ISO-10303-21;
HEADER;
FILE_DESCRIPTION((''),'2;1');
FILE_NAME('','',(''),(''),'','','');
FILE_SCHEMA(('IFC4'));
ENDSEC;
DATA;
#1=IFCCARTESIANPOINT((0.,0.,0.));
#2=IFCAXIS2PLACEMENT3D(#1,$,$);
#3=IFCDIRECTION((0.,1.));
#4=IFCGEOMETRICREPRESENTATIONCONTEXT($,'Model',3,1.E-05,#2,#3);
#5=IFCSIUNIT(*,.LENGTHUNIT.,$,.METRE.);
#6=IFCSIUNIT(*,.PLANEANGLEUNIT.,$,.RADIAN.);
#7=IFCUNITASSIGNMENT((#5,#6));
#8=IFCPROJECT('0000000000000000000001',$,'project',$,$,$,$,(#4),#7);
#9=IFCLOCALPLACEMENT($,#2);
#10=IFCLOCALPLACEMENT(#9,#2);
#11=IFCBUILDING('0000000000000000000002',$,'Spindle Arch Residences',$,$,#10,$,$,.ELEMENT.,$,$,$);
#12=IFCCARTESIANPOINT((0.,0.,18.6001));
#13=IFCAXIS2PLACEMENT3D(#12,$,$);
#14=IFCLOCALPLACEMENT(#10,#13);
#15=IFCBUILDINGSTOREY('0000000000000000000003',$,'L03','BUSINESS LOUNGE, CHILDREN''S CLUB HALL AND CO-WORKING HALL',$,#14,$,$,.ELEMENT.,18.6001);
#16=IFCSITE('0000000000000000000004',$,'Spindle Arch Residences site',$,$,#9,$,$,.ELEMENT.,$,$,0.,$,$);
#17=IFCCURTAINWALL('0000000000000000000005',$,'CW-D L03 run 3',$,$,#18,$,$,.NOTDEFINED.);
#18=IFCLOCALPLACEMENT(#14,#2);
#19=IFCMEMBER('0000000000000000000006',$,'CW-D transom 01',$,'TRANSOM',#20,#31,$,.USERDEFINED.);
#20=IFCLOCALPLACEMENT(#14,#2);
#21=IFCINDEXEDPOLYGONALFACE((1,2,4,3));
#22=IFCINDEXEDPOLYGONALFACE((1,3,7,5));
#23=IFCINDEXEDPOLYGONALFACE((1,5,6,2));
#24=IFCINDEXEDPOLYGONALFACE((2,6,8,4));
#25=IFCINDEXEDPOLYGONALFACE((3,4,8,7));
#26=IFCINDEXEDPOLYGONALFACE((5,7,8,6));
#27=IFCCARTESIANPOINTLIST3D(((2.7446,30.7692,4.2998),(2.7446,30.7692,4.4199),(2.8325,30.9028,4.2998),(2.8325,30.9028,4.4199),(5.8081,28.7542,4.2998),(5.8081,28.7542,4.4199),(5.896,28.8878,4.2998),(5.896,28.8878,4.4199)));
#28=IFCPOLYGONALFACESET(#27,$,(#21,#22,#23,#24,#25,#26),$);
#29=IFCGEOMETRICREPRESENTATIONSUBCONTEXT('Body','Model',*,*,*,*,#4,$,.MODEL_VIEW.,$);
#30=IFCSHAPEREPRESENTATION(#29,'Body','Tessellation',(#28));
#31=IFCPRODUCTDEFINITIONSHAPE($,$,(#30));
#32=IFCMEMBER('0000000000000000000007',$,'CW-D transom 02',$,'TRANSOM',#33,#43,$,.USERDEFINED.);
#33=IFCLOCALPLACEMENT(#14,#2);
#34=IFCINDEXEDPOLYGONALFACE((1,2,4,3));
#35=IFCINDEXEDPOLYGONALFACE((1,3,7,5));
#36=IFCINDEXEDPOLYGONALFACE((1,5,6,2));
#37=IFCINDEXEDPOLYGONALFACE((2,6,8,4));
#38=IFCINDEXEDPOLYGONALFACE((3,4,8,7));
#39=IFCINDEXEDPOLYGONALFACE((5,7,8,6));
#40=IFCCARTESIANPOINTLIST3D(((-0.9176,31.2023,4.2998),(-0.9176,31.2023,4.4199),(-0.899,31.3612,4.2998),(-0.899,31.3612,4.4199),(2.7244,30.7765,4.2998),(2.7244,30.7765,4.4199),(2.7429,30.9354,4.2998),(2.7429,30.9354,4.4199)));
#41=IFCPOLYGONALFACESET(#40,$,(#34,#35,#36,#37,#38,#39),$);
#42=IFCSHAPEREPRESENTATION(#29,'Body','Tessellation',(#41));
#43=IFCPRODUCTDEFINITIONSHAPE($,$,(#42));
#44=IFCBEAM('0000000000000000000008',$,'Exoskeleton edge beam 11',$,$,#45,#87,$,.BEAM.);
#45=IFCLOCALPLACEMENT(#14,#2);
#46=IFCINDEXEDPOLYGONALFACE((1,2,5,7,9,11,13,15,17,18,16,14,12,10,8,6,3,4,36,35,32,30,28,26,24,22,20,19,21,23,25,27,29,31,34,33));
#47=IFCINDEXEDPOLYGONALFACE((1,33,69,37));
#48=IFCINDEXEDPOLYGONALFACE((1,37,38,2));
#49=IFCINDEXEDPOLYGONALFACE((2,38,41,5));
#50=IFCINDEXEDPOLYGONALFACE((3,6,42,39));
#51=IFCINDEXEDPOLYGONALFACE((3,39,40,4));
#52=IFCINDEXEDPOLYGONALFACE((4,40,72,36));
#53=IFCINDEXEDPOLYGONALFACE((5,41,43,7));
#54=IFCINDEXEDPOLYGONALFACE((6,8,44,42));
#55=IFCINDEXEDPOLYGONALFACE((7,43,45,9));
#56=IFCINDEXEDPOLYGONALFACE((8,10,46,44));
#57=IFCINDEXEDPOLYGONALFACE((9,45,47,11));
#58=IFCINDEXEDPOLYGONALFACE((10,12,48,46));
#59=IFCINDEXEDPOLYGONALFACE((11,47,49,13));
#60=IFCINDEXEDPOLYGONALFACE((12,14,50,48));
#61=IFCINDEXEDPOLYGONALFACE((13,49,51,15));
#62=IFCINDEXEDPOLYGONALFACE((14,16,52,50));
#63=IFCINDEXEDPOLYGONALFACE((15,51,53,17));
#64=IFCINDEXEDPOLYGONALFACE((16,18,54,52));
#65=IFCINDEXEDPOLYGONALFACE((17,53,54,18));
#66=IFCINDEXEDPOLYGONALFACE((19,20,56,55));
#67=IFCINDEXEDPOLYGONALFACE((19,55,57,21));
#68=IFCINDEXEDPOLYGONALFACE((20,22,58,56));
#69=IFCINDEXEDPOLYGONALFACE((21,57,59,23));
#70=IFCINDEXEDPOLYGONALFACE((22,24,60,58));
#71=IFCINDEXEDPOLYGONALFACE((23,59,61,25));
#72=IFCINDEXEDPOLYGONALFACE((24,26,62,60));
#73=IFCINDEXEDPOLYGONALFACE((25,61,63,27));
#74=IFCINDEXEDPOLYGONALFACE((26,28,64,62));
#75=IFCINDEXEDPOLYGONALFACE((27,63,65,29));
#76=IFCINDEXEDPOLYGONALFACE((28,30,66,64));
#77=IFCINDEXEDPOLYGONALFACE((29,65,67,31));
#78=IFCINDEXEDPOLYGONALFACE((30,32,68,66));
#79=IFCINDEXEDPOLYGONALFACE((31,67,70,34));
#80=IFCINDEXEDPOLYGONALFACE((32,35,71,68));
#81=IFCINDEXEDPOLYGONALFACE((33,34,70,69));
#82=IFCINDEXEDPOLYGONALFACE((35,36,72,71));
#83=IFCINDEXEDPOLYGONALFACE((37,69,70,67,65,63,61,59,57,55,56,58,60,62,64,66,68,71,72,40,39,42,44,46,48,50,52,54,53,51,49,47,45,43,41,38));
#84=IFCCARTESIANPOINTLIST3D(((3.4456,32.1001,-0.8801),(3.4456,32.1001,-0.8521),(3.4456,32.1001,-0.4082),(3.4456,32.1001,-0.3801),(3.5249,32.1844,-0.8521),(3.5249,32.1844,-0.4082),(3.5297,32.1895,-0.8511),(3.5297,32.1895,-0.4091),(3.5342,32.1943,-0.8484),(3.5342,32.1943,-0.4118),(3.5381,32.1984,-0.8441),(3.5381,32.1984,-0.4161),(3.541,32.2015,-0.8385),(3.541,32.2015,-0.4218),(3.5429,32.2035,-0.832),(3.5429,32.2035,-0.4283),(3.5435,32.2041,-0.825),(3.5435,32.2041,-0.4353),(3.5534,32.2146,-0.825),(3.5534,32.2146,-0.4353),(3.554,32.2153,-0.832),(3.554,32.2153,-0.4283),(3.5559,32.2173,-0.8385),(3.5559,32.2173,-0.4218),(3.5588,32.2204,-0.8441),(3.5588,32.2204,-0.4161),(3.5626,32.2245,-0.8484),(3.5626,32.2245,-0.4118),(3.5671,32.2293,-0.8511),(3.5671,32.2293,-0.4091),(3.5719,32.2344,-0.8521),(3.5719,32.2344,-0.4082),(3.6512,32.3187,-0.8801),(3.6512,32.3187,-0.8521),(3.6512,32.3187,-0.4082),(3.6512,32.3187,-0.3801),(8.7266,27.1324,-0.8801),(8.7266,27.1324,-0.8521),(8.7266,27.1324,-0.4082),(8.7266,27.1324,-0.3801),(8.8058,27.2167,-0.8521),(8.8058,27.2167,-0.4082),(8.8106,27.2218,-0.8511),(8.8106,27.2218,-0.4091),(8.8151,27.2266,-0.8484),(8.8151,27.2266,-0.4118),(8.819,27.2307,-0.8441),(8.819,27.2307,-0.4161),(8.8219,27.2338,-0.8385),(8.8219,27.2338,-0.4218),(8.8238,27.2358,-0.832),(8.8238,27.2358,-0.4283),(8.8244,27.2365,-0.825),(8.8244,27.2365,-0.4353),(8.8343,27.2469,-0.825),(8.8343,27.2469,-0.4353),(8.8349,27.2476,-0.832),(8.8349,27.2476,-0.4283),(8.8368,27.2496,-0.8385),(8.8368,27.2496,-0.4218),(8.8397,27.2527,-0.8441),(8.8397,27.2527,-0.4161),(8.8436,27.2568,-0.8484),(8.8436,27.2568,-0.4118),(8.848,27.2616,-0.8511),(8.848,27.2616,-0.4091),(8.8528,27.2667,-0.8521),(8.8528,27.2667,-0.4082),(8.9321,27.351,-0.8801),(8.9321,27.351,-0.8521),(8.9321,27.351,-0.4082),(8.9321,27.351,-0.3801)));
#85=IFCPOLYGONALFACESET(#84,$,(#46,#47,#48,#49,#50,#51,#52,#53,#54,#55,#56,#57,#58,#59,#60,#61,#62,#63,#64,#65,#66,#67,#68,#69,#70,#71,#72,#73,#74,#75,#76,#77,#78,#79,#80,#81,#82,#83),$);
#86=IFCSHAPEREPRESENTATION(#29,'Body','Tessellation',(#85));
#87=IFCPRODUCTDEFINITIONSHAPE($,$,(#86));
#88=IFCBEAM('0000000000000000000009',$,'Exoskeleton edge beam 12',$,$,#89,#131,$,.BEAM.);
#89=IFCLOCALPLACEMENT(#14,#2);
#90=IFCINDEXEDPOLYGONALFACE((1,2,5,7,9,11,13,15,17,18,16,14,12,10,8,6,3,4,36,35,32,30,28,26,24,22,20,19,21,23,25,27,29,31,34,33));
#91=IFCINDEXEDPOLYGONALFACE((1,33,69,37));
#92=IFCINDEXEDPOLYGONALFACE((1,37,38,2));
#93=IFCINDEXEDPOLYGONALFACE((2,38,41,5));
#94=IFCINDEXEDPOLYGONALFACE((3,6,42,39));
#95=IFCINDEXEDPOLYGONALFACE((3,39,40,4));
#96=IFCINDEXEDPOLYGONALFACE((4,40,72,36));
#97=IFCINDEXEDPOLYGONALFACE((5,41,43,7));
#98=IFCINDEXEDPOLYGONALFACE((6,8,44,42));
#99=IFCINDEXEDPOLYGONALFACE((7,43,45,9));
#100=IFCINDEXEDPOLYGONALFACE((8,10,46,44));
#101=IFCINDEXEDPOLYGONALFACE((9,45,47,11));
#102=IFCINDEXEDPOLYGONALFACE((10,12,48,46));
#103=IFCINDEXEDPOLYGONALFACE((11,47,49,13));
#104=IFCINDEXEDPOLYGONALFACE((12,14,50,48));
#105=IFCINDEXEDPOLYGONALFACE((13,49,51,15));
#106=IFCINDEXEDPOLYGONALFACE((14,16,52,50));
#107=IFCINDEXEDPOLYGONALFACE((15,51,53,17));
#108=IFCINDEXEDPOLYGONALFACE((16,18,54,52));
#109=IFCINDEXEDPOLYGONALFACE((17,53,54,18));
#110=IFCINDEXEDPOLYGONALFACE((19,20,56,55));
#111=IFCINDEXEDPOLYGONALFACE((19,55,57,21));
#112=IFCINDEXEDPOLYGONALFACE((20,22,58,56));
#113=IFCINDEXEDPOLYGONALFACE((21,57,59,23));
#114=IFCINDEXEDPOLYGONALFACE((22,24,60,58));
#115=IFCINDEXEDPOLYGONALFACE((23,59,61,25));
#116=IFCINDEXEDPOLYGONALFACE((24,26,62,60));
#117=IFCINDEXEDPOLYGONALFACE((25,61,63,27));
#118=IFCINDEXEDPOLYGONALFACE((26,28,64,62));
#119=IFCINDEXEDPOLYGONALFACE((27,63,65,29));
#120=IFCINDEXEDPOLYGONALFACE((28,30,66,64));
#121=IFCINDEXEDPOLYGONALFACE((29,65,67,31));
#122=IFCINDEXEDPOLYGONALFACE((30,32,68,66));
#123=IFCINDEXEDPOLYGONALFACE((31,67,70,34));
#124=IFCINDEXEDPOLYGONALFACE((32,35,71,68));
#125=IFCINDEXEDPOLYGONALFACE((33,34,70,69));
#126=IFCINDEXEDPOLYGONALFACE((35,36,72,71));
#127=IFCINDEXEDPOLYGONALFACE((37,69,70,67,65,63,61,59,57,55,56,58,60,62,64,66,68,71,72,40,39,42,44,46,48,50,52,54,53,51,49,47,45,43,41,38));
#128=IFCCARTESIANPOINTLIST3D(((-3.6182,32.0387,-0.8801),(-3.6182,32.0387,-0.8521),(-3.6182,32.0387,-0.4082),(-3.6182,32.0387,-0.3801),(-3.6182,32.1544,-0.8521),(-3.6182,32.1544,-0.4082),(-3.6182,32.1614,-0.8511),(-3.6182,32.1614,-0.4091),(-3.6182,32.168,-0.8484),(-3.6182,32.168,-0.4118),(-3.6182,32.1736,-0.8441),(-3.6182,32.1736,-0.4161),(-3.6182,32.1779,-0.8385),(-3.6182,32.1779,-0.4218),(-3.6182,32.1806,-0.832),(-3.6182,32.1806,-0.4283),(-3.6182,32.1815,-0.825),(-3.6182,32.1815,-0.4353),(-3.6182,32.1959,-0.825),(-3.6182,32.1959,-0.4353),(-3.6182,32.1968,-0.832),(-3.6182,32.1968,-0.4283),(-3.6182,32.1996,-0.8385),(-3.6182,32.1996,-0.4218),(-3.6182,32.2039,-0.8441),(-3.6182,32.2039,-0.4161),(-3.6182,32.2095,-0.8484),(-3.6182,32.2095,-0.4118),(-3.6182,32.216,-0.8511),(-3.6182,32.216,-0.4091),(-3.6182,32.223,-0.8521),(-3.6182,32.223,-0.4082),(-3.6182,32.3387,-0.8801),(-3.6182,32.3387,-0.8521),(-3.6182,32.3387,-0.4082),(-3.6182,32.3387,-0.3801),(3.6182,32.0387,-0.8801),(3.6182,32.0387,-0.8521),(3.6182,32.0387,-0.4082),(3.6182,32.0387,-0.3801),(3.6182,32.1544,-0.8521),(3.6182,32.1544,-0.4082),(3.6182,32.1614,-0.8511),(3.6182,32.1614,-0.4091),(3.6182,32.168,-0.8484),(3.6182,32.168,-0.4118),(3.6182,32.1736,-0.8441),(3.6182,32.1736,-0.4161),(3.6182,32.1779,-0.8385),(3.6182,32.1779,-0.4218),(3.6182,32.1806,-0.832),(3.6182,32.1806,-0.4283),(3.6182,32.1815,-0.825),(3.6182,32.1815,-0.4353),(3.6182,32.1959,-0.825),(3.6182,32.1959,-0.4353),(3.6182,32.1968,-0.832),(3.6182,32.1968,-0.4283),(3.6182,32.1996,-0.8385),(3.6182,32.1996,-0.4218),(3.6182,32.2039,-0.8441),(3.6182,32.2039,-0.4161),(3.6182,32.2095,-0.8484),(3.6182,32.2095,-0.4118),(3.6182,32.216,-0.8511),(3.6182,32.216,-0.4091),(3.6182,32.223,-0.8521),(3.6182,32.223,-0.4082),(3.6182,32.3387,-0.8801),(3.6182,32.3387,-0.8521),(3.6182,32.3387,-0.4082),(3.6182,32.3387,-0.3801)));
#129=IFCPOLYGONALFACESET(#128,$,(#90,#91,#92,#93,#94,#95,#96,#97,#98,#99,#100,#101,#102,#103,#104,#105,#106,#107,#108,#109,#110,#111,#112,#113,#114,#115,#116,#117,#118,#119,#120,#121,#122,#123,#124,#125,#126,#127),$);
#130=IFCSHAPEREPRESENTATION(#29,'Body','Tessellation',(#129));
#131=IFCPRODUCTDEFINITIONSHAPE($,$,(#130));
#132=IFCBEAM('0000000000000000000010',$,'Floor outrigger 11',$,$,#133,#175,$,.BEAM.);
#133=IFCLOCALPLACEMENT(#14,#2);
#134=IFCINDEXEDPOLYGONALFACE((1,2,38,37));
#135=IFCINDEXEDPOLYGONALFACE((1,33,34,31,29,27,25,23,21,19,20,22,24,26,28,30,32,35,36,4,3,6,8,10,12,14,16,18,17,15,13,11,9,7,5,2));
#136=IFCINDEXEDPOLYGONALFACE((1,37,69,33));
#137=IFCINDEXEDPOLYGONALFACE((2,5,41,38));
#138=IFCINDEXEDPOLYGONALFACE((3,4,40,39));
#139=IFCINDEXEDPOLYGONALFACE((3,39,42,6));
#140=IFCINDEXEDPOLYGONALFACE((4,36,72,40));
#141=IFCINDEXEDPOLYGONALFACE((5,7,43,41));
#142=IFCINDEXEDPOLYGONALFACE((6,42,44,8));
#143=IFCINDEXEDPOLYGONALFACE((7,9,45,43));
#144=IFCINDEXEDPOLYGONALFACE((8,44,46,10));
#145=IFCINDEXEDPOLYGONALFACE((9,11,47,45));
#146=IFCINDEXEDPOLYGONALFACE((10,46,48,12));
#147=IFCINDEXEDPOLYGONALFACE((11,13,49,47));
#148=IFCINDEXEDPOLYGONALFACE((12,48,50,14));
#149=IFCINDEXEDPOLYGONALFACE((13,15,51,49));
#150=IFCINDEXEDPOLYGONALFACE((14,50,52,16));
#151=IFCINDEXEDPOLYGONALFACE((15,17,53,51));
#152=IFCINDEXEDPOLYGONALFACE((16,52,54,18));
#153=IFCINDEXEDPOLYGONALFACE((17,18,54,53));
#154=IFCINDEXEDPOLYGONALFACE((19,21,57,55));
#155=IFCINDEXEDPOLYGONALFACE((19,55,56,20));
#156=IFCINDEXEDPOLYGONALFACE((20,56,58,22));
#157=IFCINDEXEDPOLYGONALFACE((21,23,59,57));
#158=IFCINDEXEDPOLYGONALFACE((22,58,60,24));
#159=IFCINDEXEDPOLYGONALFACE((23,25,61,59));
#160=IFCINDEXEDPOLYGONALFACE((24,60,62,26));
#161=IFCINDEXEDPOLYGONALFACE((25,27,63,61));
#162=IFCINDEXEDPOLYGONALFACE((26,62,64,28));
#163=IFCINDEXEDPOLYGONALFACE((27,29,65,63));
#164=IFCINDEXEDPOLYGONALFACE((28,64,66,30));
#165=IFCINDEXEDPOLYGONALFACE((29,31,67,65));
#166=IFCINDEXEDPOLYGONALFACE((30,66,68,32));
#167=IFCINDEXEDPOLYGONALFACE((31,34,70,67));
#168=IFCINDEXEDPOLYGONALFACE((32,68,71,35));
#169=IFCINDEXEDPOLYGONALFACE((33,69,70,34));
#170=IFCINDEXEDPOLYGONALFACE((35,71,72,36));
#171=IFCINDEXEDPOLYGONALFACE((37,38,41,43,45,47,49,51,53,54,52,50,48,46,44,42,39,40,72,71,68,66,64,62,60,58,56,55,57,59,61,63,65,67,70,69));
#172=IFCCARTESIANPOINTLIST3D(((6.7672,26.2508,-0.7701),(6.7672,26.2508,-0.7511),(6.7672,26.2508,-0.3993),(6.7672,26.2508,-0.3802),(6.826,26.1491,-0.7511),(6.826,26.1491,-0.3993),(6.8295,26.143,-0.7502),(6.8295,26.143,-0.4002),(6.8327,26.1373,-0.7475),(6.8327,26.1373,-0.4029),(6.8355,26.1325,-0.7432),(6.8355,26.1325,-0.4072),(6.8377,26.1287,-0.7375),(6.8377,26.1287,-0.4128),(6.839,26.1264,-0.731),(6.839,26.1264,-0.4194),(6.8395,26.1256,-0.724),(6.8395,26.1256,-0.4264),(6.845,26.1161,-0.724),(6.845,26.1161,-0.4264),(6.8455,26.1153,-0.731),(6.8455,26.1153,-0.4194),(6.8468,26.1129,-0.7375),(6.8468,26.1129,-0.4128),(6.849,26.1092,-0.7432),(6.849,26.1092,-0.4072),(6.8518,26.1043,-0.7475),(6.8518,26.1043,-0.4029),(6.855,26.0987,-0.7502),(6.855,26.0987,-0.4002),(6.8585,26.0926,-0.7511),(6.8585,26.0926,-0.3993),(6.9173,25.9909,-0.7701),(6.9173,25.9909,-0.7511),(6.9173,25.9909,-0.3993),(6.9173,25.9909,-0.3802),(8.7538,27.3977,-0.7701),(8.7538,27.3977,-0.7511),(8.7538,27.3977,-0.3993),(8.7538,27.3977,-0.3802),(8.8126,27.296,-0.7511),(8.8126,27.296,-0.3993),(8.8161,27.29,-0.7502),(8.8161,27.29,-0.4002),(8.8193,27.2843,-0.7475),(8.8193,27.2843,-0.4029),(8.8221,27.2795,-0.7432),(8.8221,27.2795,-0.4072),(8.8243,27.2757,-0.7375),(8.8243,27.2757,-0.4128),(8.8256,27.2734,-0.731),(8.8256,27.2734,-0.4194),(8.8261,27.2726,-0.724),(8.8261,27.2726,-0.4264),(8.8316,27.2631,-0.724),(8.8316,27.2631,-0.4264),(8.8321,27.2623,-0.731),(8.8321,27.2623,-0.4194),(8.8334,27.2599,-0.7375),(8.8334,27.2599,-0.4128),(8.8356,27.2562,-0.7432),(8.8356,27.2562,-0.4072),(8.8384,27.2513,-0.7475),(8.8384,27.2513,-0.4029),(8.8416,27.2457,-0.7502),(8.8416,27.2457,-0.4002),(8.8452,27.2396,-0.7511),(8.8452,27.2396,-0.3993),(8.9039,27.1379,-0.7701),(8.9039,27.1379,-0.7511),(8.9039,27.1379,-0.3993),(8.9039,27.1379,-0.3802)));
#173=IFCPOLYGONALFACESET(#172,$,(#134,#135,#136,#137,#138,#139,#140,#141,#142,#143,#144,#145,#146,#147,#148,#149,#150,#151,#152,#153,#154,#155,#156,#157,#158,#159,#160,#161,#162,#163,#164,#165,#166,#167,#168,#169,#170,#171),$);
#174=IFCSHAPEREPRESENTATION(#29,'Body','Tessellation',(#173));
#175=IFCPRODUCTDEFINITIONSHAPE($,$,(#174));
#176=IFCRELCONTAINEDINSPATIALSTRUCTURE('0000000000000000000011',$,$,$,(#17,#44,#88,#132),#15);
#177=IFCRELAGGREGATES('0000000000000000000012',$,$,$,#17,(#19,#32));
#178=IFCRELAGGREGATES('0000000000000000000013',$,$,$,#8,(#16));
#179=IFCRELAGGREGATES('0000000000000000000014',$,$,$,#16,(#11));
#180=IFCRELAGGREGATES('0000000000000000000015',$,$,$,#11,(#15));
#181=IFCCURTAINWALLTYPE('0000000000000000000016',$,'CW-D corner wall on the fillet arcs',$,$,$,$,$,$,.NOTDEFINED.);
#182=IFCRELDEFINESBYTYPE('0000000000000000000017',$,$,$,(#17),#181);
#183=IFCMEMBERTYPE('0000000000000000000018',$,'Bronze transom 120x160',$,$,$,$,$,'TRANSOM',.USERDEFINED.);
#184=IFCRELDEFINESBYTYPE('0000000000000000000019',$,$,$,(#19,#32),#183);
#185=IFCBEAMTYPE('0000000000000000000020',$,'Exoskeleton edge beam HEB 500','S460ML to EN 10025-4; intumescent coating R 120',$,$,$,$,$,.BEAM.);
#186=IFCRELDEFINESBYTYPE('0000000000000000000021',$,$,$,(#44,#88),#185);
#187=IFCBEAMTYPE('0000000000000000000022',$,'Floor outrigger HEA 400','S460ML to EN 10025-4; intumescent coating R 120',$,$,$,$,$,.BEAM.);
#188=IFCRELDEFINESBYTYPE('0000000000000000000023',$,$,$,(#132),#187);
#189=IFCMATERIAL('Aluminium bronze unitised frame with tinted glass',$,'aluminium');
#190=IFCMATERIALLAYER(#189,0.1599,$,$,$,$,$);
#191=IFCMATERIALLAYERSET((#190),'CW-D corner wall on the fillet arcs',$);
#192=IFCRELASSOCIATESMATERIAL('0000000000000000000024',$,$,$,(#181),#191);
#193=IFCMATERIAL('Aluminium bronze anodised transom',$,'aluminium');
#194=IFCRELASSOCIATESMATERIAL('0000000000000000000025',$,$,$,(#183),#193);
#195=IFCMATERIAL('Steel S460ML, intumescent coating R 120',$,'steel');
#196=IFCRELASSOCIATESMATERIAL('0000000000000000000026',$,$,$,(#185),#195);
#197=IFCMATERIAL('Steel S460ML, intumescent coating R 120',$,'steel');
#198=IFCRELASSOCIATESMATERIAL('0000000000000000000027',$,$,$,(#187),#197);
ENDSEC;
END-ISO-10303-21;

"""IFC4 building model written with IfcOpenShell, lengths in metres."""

from ifc_helpers import new_model, si_unit, direction, frame, origin, origin_2d, place, context, subcontext, project, spatial, rectangle, i_section, extrude, material, layer, layer_set, material_profile, profile_set, type_object, element, aggregate, save


model = new_model("IFC4")

# Units and contexts
model_context = context("Model", 3, precision=1e-05, world=origin(), true_north=direction((0.0, 1.0)))
body_context = subcontext(model_context, "Body", "Model", "MODEL_VIEW")
ifc_project = project(units=[si_unit("LENGTHUNIT", "METRE"), si_unit("PLANEANGLEUNIT", "RADIAN")], contexts=[model_context])

# Site, building, storey
site_placement = place(None, origin())
site = spatial("IfcSite", under=ifc_project, at=site_placement, Name="Spindle Arch Residences site", CompositionType="ELEMENT", RefElevation=0.0)
building_placement = place(site_placement, origin())
building = spatial("IfcBuilding", under=site, at=building_placement, Name="Spindle Arch Residences", CompositionType="ELEMENT")
storey_placement = place(building_placement, frame((0.0, 0.0, 18.6001)))
storey = spatial("IfcBuildingStorey", under=building, at=storey_placement, Name="L03", Description="BUSINESS LOUNGE, CHILDREN'S CLUB HALL AND CO-WORKING HALL", CompositionType="ELEMENT", Elevation=18.6001)

# Curtain wall, members
ifc_material_1 = material(Name="Aluminium bronze unitised frame with tinted glass", Category="aluminium")
ifc_layer_1 = layer(ifc_material_1, 0.1599)
ifc_layer_set_1 = layer_set([ifc_layer_1], Name="CW-D corner wall on the fillet arcs")
curtain_wall_type_1 = type_object("IfcCurtainWallType", Name="CW-D corner wall on the fillet arcs", PredefinedType="NOTDEFINED", material=ifc_layer_set_1)
curtain_wall_1_placement = place(storey_placement, origin())
curtain_wall_1 = element("IfcCurtainWall", 1, at=curtain_wall_1_placement, inside=storey, type_object=curtain_wall_type_1, Name="CW-D L03 run 3", PredefinedType="NOTDEFINED")
ifc_material_2 = material(Name="Aluminium bronze anodised transom", Category="aluminium")
ifc_material_profile_1 = material_profile(ifc_material_2, rectangle(XDim=0.1599, YDim=0.1201, at=origin_2d()), Name="TR 120x160")
ifc_profile_set_1 = profile_set([ifc_material_profile_1], Name="Aluminium bronze anodised transom")
member_type_1 = type_object("IfcMemberType", Name="Bronze transom 120x160", ElementType="TRANSOM", PredefinedType="USERDEFINED", material=ifc_profile_set_1)
member_1_placement = place(storey_placement, frame((5.8521, 28.821, 4.3599), z_axis=(-0.835486, 0.549511, 0.0), x_axis=(-0.549511, -0.835486, 0.0)))
member_1 = element("IfcMember", 2, at=member_1_placement, type_object=member_type_1, Name="CW-D transom 01", ObjectType="TRANSOM", PredefinedType="USERDEFINED", context=body_context, shape_type="SweptSolid", body=[
    extrude(rectangle(XDim=0.1599, YDim=0.1201, at=origin_2d()), origin(), (0.0, 0.0, 1.0), 3.6667),
])
member_2_placement = place(storey_placement, frame((2.7336, 30.856, 4.3599), z_axis=(-0.993235, 0.116123, 0.0), x_axis=(-0.116123, -0.993235, 0.0)))
member_2 = element("IfcMember", 3, at=member_2_placement, type_object=member_type_1, Name="CW-D transom 02", ObjectType="TRANSOM", PredefinedType="USERDEFINED", context=body_context, shape_type="SweptSolid", body=[
    extrude(rectangle(XDim=0.1599, YDim=0.1201, at=origin_2d()), origin(), (0.0, 0.0, 1.0), 3.6667),
])

# Beams
ifc_material_3 = material(Name="Steel S460ML, intumescent coating R 120", Category="steel")
ifc_material_profile_2 = material_profile(ifc_material_3, i_section(OverallWidth=0.3, OverallDepth=0.5, WebThickness=0.0144, FlangeThickness=0.0281, FilletRadius=0.0271, at=origin_2d()), Name="HEB 500")
ifc_profile_set_2 = profile_set([ifc_material_profile_2], Name="Steel S460ML, intumescent coating R 120")
beam_type_1 = type_object("IfcBeamType", Name="Exoskeleton edge beam HEB 500", Description="S460ML to EN 10025-4; intumescent coating R 120", PredefinedType="BEAM", material=ifc_profile_set_2)
beam_1_placement = place(storey_placement, frame((8.8293, 27.2417, -0.6301), z_axis=(-0.728378, 0.685176, 0.0), x_axis=(-0.685176, -0.728378, 0.0)))
element("IfcBeam", 4, at=beam_1_placement, inside=storey, type_object=beam_type_1, Name="Exoskeleton edge beam 11", PredefinedType="BEAM", context=body_context, shape_type="SweptSolid", body=[
    extrude(i_section(OverallWidth=0.3, OverallDepth=0.5, WebThickness=0.0144, FlangeThickness=0.0281, FilletRadius=0.0271, at=origin_2d()), origin(), (0.0, 0.0, 1.0), 7.2502),
])
beam_2_placement = place(storey_placement, frame((3.6182, 32.1887, -0.6301), z_axis=(-1.0, 0.0, 0.0), x_axis=(0.0, -1.0, 0.0)))
element("IfcBeam", 5, at=beam_2_placement, inside=storey, type_object=beam_type_1, Name="Exoskeleton edge beam 12", PredefinedType="BEAM", context=body_context, shape_type="SweptSolid", body=[
    extrude(i_section(OverallWidth=0.3, OverallDepth=0.5, WebThickness=0.0144, FlangeThickness=0.0281, FilletRadius=0.0271, at=origin_2d()), origin(), (0.0, 0.0, 1.0), 7.2363),
])
ifc_material_4 = material(Name="Steel S460ML, intumescent coating R 120", Category="steel")
ifc_material_profile_3 = material_profile(ifc_material_4, i_section(OverallWidth=0.3, OverallDepth=0.3899, WebThickness=0.011, FlangeThickness=0.019, FilletRadius=0.0271, at=origin_2d()), Name="HEA 400")
ifc_profile_set_3 = profile_set([ifc_material_profile_3], Name="Steel S460ML, intumescent coating R 120")
beam_type_2 = type_object("IfcBeamType", Name="Floor outrigger HEA 400", Description="S460ML to EN 10025-4; intumescent coating R 120", PredefinedType="BEAM", material=ifc_profile_set_3)
beam_3_placement = place(storey_placement, frame((8.8289, 27.2678, -0.5752), z_axis=(-0.866021, -0.500008, 0.0), x_axis=(0.500008, -0.866021, 0.0)))
element("IfcBeam", 6, at=beam_3_placement, inside=storey, type_object=beam_type_2, Name="Floor outrigger 11", PredefinedType="BEAM", context=body_context, shape_type="SweptSolid", body=[
    extrude(i_section(OverallWidth=0.3, OverallDepth=0.3899, WebThickness=0.011, FlangeThickness=0.019, FilletRadius=0.0271, at=origin_2d()), origin(), (0.0, 0.0, 1.0), 2.2939),
])

aggregate(curtain_wall_1, [member_1, member_2])

save(model, "model.ifc")
